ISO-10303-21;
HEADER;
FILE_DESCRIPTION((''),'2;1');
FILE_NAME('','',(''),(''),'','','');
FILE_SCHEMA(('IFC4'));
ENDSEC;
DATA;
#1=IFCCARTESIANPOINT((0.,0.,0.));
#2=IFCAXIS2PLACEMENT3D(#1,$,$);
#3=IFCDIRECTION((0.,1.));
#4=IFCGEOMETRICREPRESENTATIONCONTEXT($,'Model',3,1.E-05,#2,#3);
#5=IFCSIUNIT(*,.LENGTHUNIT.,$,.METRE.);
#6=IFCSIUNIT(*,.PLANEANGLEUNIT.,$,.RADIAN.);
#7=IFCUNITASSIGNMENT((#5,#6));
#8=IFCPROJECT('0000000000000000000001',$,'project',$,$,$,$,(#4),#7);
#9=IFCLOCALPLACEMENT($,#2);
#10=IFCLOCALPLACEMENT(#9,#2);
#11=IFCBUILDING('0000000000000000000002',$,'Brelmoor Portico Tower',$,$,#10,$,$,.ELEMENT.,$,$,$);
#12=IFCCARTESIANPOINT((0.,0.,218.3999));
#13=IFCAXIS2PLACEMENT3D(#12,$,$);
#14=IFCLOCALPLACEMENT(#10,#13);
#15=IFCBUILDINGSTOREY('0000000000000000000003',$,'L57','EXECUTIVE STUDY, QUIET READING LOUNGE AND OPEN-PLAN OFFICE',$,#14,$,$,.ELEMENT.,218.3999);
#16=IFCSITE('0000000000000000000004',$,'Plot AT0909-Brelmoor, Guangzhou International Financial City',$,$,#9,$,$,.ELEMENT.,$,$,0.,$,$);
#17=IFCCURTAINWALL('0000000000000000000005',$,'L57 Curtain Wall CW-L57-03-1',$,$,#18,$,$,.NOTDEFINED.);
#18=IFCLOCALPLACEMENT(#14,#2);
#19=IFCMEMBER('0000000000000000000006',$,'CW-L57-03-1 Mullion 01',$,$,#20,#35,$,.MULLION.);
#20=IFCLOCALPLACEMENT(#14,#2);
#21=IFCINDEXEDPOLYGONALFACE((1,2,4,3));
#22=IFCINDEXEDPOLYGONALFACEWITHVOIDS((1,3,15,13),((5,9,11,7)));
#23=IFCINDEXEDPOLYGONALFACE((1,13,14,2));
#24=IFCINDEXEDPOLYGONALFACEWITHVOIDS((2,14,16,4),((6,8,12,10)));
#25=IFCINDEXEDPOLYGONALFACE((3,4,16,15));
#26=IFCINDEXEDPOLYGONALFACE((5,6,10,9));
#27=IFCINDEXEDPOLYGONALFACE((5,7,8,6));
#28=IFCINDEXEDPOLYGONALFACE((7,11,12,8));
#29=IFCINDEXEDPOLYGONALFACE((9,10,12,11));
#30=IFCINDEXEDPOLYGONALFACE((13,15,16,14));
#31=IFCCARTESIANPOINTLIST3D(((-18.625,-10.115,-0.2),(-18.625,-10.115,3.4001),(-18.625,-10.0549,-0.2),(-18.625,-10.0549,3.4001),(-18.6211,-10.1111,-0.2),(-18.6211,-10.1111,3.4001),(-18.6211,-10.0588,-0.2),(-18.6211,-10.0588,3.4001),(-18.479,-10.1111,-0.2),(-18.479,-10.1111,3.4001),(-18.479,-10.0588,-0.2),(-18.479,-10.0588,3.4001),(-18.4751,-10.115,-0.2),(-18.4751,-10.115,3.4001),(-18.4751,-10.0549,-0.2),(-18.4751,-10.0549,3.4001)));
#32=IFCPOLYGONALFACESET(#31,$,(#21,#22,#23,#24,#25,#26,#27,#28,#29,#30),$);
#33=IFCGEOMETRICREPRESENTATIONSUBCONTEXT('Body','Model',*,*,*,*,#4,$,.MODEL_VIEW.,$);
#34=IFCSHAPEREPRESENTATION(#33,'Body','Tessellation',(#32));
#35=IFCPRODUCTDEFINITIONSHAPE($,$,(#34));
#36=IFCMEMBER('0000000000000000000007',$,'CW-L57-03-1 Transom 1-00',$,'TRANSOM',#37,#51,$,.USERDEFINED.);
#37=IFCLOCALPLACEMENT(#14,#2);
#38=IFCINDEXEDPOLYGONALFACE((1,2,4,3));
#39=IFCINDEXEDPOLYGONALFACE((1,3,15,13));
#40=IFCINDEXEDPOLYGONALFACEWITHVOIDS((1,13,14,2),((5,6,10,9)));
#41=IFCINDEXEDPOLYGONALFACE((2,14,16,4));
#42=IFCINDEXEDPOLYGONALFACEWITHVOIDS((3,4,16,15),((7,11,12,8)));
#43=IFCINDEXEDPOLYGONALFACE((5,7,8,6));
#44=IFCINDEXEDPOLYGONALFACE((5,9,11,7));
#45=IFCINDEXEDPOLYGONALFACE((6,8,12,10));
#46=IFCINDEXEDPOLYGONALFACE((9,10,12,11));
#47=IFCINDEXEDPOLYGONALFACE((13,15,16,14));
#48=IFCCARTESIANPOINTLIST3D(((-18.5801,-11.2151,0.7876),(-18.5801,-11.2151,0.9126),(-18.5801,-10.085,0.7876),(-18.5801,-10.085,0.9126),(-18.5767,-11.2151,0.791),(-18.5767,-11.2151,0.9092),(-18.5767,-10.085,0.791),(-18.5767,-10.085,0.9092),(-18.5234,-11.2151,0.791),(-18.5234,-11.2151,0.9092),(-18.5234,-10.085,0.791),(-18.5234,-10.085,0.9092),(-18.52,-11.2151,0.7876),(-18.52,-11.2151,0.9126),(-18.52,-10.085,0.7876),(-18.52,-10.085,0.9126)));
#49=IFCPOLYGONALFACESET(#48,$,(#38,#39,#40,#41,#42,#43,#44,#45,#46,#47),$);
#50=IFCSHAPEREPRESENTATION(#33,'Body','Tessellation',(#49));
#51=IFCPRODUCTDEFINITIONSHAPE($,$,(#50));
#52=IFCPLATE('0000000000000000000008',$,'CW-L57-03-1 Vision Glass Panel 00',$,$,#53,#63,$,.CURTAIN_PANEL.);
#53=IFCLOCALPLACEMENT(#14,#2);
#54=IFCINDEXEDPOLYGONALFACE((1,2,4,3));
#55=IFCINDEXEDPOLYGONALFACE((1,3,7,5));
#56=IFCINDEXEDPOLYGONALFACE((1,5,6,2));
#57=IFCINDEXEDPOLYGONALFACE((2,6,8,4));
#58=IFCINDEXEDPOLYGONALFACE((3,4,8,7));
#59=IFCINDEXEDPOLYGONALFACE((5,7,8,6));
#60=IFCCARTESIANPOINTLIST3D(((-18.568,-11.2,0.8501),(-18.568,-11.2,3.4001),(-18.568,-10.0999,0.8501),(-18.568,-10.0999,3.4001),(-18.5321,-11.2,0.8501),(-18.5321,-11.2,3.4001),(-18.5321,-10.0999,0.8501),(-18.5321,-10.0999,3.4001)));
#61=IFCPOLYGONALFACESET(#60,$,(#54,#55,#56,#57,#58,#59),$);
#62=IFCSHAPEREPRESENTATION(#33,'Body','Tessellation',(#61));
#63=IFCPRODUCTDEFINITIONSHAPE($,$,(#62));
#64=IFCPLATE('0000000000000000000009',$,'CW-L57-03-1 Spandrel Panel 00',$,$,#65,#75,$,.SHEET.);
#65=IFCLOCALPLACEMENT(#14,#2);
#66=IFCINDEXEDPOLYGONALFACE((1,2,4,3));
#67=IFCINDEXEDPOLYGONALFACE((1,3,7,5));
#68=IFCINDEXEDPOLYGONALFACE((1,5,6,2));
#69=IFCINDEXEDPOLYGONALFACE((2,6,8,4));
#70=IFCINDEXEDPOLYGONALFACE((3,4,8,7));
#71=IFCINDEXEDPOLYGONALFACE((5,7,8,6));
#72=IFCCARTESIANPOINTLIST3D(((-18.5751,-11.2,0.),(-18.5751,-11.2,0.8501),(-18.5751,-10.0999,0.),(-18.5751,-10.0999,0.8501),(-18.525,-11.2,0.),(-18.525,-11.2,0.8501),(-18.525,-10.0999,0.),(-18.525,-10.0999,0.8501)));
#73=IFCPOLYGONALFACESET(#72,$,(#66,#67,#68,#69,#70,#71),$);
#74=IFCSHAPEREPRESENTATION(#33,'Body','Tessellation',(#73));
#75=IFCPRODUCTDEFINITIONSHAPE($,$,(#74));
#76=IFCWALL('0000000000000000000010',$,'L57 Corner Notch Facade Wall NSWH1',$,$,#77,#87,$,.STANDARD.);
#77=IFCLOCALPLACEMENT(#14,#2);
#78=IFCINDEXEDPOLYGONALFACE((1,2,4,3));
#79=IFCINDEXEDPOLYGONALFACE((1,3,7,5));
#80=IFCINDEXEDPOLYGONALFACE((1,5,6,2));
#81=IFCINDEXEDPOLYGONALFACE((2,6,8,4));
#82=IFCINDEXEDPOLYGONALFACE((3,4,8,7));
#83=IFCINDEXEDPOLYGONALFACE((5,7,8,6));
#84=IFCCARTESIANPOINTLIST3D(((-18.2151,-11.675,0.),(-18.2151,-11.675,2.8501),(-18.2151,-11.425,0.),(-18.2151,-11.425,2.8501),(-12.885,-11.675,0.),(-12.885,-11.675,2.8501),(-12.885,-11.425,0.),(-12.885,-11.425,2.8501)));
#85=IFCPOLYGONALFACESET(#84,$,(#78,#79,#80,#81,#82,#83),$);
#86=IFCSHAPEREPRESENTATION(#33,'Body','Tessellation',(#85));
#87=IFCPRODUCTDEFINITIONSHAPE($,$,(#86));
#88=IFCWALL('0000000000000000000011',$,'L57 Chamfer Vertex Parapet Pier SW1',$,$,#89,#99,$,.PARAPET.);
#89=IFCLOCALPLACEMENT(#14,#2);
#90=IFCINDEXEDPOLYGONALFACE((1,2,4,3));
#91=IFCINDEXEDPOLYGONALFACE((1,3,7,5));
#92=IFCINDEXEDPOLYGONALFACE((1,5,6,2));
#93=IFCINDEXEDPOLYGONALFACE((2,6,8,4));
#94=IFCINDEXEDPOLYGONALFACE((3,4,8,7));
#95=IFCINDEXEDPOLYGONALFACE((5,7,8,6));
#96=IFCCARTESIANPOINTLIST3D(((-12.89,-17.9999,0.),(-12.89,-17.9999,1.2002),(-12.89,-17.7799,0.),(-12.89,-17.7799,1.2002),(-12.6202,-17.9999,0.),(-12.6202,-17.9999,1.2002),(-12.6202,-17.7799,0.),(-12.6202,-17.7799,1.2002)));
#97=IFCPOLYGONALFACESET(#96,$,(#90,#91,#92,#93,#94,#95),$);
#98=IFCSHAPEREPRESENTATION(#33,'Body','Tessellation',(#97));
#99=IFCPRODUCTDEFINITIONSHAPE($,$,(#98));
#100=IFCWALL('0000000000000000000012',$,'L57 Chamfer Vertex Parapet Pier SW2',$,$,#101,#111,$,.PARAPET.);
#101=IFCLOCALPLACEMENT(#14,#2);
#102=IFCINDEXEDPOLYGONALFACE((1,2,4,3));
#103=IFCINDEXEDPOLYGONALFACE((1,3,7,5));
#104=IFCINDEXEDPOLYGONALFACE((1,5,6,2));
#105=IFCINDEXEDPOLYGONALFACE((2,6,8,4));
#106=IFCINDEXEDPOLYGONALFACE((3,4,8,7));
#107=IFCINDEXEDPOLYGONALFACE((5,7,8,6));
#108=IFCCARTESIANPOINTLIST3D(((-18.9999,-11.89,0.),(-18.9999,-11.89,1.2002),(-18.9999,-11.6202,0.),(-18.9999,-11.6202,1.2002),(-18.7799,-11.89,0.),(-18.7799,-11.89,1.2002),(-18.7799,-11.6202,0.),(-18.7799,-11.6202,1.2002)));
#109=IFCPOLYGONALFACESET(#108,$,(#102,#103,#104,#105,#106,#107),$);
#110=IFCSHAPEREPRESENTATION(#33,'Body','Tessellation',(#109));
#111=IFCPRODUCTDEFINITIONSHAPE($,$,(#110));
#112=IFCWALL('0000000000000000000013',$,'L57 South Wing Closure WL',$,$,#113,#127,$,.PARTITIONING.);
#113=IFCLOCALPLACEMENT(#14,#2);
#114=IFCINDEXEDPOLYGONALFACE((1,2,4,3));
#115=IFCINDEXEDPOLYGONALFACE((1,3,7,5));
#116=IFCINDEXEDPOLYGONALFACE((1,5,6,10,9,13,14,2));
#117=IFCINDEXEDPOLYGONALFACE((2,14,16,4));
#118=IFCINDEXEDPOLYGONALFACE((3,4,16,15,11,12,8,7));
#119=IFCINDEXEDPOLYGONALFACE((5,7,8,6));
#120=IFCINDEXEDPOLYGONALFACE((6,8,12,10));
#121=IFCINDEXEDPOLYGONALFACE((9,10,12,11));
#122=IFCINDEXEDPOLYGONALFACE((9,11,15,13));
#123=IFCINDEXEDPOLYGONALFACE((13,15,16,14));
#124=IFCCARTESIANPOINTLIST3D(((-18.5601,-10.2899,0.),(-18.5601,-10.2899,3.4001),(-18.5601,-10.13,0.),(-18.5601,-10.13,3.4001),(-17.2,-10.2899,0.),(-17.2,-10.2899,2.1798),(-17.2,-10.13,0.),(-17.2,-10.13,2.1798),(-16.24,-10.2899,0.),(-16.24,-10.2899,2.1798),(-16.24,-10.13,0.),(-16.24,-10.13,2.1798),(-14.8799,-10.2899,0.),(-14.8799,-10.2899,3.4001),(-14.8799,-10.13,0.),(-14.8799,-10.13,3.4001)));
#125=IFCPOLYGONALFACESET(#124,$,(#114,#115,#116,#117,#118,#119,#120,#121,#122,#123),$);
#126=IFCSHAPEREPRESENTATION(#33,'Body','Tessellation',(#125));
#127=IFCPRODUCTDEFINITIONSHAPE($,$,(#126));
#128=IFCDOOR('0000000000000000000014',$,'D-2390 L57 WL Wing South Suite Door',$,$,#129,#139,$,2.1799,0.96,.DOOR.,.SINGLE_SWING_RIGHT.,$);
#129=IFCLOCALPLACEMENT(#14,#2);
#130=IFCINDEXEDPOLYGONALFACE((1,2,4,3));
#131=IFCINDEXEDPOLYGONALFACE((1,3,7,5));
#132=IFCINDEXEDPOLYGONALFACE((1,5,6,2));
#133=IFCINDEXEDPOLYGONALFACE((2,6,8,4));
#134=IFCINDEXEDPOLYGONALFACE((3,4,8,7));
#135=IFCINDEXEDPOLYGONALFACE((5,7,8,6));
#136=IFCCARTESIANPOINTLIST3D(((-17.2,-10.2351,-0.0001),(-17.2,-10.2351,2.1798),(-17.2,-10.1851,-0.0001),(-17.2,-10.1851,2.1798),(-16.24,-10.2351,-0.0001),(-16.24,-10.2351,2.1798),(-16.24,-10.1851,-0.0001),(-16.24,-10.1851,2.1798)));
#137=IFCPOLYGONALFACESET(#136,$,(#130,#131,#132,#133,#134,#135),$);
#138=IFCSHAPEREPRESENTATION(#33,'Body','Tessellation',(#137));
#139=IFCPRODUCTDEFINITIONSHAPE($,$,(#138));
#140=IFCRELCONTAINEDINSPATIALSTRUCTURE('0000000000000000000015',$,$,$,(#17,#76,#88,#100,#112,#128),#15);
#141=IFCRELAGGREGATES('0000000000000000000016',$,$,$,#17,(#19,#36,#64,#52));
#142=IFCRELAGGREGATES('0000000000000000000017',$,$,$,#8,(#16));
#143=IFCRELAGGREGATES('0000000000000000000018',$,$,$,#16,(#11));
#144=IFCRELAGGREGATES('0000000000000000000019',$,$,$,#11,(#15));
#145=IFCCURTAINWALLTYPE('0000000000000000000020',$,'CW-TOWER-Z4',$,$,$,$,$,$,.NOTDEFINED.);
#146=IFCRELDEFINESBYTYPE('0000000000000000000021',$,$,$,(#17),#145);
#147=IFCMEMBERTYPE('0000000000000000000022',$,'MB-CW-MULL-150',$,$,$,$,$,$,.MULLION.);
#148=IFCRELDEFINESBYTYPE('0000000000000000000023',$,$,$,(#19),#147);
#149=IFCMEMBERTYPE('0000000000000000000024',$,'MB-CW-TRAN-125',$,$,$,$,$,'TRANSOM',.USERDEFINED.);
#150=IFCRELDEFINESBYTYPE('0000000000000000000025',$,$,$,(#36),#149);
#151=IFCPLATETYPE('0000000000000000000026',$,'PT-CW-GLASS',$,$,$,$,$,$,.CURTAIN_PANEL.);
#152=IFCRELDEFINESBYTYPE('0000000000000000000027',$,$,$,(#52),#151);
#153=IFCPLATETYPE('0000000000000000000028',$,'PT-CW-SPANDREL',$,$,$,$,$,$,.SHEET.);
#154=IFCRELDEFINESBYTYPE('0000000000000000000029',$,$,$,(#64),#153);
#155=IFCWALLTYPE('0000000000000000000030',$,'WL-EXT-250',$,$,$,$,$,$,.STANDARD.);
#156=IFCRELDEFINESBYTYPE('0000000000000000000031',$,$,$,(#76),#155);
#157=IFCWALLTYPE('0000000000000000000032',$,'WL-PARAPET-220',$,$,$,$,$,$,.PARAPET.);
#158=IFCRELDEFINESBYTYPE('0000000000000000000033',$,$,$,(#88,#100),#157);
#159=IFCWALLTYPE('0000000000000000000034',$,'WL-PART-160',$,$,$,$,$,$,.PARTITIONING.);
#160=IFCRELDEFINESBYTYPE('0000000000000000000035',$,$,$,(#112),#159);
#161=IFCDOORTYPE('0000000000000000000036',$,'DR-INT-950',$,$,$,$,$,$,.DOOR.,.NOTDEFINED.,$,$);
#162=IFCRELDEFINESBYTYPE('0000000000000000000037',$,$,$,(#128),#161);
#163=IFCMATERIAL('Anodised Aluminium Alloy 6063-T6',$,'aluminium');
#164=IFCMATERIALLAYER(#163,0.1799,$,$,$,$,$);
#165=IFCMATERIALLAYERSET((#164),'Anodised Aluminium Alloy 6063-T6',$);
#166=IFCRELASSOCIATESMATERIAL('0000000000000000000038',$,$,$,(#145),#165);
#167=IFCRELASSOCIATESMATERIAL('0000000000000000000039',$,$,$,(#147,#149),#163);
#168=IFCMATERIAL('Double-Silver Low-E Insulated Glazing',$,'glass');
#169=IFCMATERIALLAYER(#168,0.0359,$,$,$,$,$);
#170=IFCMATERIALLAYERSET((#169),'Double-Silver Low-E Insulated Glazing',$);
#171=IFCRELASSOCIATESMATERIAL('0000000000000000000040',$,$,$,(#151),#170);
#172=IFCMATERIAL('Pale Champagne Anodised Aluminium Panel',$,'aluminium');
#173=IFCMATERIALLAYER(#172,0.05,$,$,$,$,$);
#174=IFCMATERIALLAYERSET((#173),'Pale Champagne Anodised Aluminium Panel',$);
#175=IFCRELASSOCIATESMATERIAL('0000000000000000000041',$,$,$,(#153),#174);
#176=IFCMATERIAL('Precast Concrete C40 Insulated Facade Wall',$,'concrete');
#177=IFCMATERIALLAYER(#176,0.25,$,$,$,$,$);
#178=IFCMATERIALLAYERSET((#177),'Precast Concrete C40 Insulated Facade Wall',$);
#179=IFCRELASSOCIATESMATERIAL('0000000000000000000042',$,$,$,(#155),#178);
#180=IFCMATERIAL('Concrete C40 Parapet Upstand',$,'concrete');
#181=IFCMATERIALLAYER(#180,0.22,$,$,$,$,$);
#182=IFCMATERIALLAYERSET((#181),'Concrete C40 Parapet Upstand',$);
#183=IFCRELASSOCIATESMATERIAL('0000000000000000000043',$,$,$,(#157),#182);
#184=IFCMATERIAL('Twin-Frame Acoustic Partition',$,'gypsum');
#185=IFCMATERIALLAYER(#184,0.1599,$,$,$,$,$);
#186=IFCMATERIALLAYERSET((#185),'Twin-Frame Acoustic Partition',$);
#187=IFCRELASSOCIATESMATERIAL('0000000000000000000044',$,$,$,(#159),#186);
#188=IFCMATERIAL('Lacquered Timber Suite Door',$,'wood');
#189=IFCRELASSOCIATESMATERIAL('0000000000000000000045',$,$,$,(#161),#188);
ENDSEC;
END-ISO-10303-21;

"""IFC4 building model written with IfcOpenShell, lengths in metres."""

from ifc_helpers import new_model, si_unit, direction, frame, frame_2d, origin, origin_2d, place, context, subcontext, project, spatial, rectangle, hollow_rectangle, extrude, material, layer, layer_set, material_profile, profile_set, type_object, element, fill, aggregate, save


model = new_model("IFC4")

# Units and contexts
model_context = context("Model", 3, precision=1e-05, world=origin(), true_north=direction((0.0, 1.0)))
body_context = subcontext(model_context, "Body", "Model", "MODEL_VIEW")
ifc_project = project(units=[si_unit("LENGTHUNIT", "METRE"), si_unit("PLANEANGLEUNIT", "RADIAN")], contexts=[model_context])

# Site, building, storey
site_placement = place(None, origin())
site = spatial("IfcSite", under=ifc_project, at=site_placement, Name="Plot AT0909-Brelmoor, Guangzhou International Financial City", CompositionType="ELEMENT", RefElevation=0.0)
building_placement = place(site_placement, origin())
building = spatial("IfcBuilding", under=site, at=building_placement, Name="Brelmoor Portico Tower", CompositionType="ELEMENT")
storey_placement = place(building_placement, frame((0.0, 0.0, 218.3999)))
storey = spatial("IfcBuildingStorey", under=building, at=storey_placement, Name="L57", Description="EXECUTIVE STUDY, QUIET READING LOUNGE AND OPEN-PLAN OFFICE", CompositionType="ELEMENT", Elevation=218.3999)

# Curtain wall, members, plates
ifc_material_1 = material(Name="Anodised Aluminium Alloy 6063-T6", Category="aluminium")
ifc_layer_1 = layer(ifc_material_1, 0.1799)
ifc_layer_set_1 = layer_set([ifc_layer_1], Name="Anodised Aluminium Alloy 6063-T6")
curtain_wall_type = type_object("IfcCurtainWallType", Name="CW-TOWER-Z4", PredefinedType="NOTDEFINED", material=ifc_layer_set_1)
curtain_wall_placement = place(storey_placement, origin())
curtain_wall = element("IfcCurtainWall", 1, at=curtain_wall_placement, inside=storey, type_object=curtain_wall_type, Name="L57 Curtain Wall CW-L57-03-1", PredefinedType="NOTDEFINED")
ifc_material_profile_1 = material_profile(ifc_material_1, hollow_rectangle(XDim=0.0601, YDim=0.1499, WallThickness=0.0039, at=origin_2d()), Name="ALU MULLION 60x150")
ifc_profile_set_1 = profile_set([ifc_material_profile_1], Name="Anodised Aluminium Alloy 6063-T6")
member_type_1 = type_object("IfcMemberType", Name="MB-CW-MULL-150", PredefinedType="MULLION", material=ifc_profile_set_1)
member_1_placement = place(storey_placement, frame((-18.55, -10.085, -0.2), z_axis=(0.0, 0.0, 1.0), x_axis=(0.0, 1.0, 0.0)))
member_1 = element("IfcMember", 2, at=member_1_placement, type_object=member_type_1, Name="CW-L57-03-1 Mullion 01", PredefinedType="MULLION", context=body_context, shape_type="SweptSolid", body=[
    extrude(hollow_rectangle(XDim=0.0601, YDim=0.1499, WallThickness=0.0039, at=origin_2d()), origin(), (0.0, 0.0, 1.0), 3.6001),
])
ifc_material_profile_2 = material_profile(ifc_material_1, hollow_rectangle(XDim=0.0601, YDim=0.125, WallThickness=0.0034, at=origin_2d()), Name="ALU TRANSOM 60x125")
ifc_profile_set_2 = profile_set([ifc_material_profile_2], Name="Anodised Aluminium Alloy 6063-T6")
member_type_2 = type_object("IfcMemberType", Name="MB-CW-TRAN-125", ElementType="TRANSOM", PredefinedType="USERDEFINED", material=ifc_profile_set_2)
member_2_placement = place(storey_placement, frame((-18.55, -11.2151, 0.8501), z_axis=(0.0, 1.0, 0.0), x_axis=(-1.0, 0.0, 0.0)))
member_2 = element("IfcMember", 3, at=member_2_placement, type_object=member_type_2, Name="CW-L57-03-1 Transom 1-00", ObjectType="TRANSOM", PredefinedType="USERDEFINED", context=body_context, shape_type="SweptSolid", body=[
    extrude(hollow_rectangle(XDim=0.0601, YDim=0.125, WallThickness=0.0034, at=origin_2d()), origin(), (0.0, 0.0, 1.0), 1.1301),
])
ifc_material_2 = material(Name="Double-Silver Low-E Insulated Glazing", Category="glass")
ifc_layer_2 = layer(ifc_material_2, 0.0359)
ifc_layer_set_2 = layer_set([ifc_layer_2], Name="Double-Silver Low-E Insulated Glazing")
plate_type_1 = type_object("IfcPlateType", Name="PT-CW-GLASS", PredefinedType="CURTAIN_PANEL", material=ifc_layer_set_2)
plate_1_placement = place(storey_placement, frame((-18.55, -10.6499, 0.8501), z_axis=(0.0, 0.0, 1.0), x_axis=(0.0, 1.0, 0.0)))
plate_1 = element("IfcPlate", 4, at=plate_1_placement, type_object=plate_type_1, Name="CW-L57-03-1 Vision Glass Panel 00", PredefinedType="CURTAIN_PANEL", context=body_context, shape_type="SweptSolid", body=[
    extrude(rectangle(XDim=1.1001, YDim=0.0359, at=origin_2d()), origin(), (0.0, 0.0, 1.0), 2.55),
])
ifc_material_3 = material(Name="Pale Champagne Anodised Aluminium Panel", Category="aluminium")
ifc_layer_3 = layer(ifc_material_3, 0.05)
ifc_layer_set_3 = layer_set([ifc_layer_3], Name="Pale Champagne Anodised Aluminium Panel")
plate_type_2 = type_object("IfcPlateType", Name="PT-CW-SPANDREL", PredefinedType="SHEET", material=ifc_layer_set_3)
plate_2_placement = place(storey_placement, frame((-18.55, -10.6499, 0.0), z_axis=(0.0, 0.0, 1.0), x_axis=(0.0, 1.0, 0.0)))
plate_2 = element("IfcPlate", 5, at=plate_2_placement, type_object=plate_type_2, Name="CW-L57-03-1 Spandrel Panel 00", PredefinedType="SHEET", context=body_context, shape_type="SweptSolid", body=[
    extrude(rectangle(XDim=1.1001, YDim=0.05, at=origin_2d()), origin(), (0.0, 0.0, 1.0), 0.8501),
])
aggregate(curtain_wall, [member_1, member_2, plate_2, plate_1])

# Walls
ifc_material_4 = material(Name="Precast Concrete C40 Insulated Facade Wall", Category="concrete")
ifc_layer_4 = layer(ifc_material_4, 0.25)
ifc_layer_set_4 = layer_set([ifc_layer_4], Name="Precast Concrete C40 Insulated Facade Wall")
wall_type_1 = type_object("IfcWallType", Name="WL-EXT-250", PredefinedType="STANDARD", material=ifc_layer_set_4)
wall_1_placement = place(storey_placement, frame((-18.2151, -11.55, 0.0), z_axis=(0.0, 0.0, 1.0), x_axis=(1.0, 0.0, 0.0)))
element("IfcWall", 6, at=wall_1_placement, inside=storey, type_object=wall_type_1, Name="L57 Corner Notch Facade Wall NSWH1", PredefinedType="STANDARD", context=body_context, shape_type="SweptSolid", body=[
    extrude(rectangle(XDim=5.3301, YDim=0.25, at=frame_2d((2.665, 0.0))), origin(), (0.0, 0.0, 1.0), 2.8501),
])
ifc_material_5 = material(Name="Concrete C40 Parapet Upstand", Category="concrete")
ifc_layer_5 = layer(ifc_material_5, 0.22)
ifc_layer_set_5 = layer_set([ifc_layer_5], Name="Concrete C40 Parapet Upstand")
wall_type_2 = type_object("IfcWallType", Name="WL-PARAPET-220", PredefinedType="PARAPET", material=ifc_layer_set_5)
for number, where, z_axis, x_axis, name in (
    (7, (-12.8899, -17.8899, 0.0), (0.0, 0.0, 1.0), (1.0, 0.0, 0.0), "L57 Chamfer Vertex Parapet Pier SW1"),
    (8, (-18.8899, -11.8899, 0.0), (0.0, 0.0, 1.0), (0.0, 1.0, 0.0), "L57 Chamfer Vertex Parapet Pier SW2"),
):
    element("IfcWall", number, at=place(storey_placement, frame(where, z_axis=z_axis, x_axis=x_axis)), inside=storey, type_object=wall_type_2, Name=name, PredefinedType="PARAPET", context=body_context, shape_type="SweptSolid", body=[
        extrude(rectangle(XDim=0.2698, YDim=0.22, at=frame_2d((0.1348, 0.0))), origin(), (0.0, 0.0, 1.0), 1.2002),
    ])

# Wall, opening, door
ifc_material_6 = material(Name="Twin-Frame Acoustic Partition", Category="gypsum")
ifc_layer_6 = layer(ifc_material_6, 0.1599)
ifc_layer_set_6 = layer_set([ifc_layer_6], Name="Twin-Frame Acoustic Partition")
wall_type_3 = type_object("IfcWallType", Name="WL-PART-160", PredefinedType="PARTITIONING", material=ifc_layer_set_6)
wall_2_placement = place(storey_placement, frame((-18.5601, -10.21, 0.0), z_axis=(0.0, 0.0, 1.0), x_axis=(1.0, 0.0, 0.0)))
wall_2 = element("IfcWall", 9, at=wall_2_placement, inside=storey, type_object=wall_type_3, Name="L57 South Wing Closure WL", PredefinedType="PARTITIONING", context=body_context, shape_type="SweptSolid", body=[
    extrude(rectangle(XDim=3.6802, YDim=0.1599, at=frame_2d((1.8401, 0.0))), origin(), (0.0, 0.0, 1.0), 3.4001),
])
opening_placement = place(wall_2_placement, frame((1.3601, 0.0, 0.0)))
opening = element("IfcOpeningElement", 10, at=opening_placement, cuts=wall_2, PredefinedType="OPENING", context=body_context, shape_type="SweptSolid", body=[
    extrude(rectangle(XDim=0.96, YDim=2.1799, at=frame_2d((0.48, 1.0898))), frame((0.0, 0.0898, 0.0), z_axis=(0.0, -1.0, 0.0), x_axis=(1.0, 0.0, 0.0)), (0.0, 0.0, 1.0), 0.1799),
])
ifc_material_7 = material(Name="Lacquered Timber Suite Door", Category="wood")
door_type = type_object("IfcDoorType", Name="DR-INT-950", OperationType="NOTDEFINED", PredefinedType="DOOR", material=ifc_material_7)
door_placement = place(opening_placement, origin())
door = element("IfcDoor", 11, at=door_placement, inside=storey, type_object=door_type, Name="D-2390 L57 WL Wing South Suite Door", OperationType="SINGLE_SWING_RIGHT", OverallHeight=2.1799, OverallWidth=0.96, PredefinedType="DOOR", context=body_context, shape_type="SweptSolid", body=[
    extrude(rectangle(XDim=0.96, YDim=2.1799, at=frame_2d((0.48, 1.0898))), frame((0.0, 0.0249, 0.0), z_axis=(0.0, -1.0, 0.0), x_axis=(1.0, 0.0, 0.0)), (0.0, 0.0, 1.0), 0.05),
])
fill(opening, door)

save(model, "model.ifc")
